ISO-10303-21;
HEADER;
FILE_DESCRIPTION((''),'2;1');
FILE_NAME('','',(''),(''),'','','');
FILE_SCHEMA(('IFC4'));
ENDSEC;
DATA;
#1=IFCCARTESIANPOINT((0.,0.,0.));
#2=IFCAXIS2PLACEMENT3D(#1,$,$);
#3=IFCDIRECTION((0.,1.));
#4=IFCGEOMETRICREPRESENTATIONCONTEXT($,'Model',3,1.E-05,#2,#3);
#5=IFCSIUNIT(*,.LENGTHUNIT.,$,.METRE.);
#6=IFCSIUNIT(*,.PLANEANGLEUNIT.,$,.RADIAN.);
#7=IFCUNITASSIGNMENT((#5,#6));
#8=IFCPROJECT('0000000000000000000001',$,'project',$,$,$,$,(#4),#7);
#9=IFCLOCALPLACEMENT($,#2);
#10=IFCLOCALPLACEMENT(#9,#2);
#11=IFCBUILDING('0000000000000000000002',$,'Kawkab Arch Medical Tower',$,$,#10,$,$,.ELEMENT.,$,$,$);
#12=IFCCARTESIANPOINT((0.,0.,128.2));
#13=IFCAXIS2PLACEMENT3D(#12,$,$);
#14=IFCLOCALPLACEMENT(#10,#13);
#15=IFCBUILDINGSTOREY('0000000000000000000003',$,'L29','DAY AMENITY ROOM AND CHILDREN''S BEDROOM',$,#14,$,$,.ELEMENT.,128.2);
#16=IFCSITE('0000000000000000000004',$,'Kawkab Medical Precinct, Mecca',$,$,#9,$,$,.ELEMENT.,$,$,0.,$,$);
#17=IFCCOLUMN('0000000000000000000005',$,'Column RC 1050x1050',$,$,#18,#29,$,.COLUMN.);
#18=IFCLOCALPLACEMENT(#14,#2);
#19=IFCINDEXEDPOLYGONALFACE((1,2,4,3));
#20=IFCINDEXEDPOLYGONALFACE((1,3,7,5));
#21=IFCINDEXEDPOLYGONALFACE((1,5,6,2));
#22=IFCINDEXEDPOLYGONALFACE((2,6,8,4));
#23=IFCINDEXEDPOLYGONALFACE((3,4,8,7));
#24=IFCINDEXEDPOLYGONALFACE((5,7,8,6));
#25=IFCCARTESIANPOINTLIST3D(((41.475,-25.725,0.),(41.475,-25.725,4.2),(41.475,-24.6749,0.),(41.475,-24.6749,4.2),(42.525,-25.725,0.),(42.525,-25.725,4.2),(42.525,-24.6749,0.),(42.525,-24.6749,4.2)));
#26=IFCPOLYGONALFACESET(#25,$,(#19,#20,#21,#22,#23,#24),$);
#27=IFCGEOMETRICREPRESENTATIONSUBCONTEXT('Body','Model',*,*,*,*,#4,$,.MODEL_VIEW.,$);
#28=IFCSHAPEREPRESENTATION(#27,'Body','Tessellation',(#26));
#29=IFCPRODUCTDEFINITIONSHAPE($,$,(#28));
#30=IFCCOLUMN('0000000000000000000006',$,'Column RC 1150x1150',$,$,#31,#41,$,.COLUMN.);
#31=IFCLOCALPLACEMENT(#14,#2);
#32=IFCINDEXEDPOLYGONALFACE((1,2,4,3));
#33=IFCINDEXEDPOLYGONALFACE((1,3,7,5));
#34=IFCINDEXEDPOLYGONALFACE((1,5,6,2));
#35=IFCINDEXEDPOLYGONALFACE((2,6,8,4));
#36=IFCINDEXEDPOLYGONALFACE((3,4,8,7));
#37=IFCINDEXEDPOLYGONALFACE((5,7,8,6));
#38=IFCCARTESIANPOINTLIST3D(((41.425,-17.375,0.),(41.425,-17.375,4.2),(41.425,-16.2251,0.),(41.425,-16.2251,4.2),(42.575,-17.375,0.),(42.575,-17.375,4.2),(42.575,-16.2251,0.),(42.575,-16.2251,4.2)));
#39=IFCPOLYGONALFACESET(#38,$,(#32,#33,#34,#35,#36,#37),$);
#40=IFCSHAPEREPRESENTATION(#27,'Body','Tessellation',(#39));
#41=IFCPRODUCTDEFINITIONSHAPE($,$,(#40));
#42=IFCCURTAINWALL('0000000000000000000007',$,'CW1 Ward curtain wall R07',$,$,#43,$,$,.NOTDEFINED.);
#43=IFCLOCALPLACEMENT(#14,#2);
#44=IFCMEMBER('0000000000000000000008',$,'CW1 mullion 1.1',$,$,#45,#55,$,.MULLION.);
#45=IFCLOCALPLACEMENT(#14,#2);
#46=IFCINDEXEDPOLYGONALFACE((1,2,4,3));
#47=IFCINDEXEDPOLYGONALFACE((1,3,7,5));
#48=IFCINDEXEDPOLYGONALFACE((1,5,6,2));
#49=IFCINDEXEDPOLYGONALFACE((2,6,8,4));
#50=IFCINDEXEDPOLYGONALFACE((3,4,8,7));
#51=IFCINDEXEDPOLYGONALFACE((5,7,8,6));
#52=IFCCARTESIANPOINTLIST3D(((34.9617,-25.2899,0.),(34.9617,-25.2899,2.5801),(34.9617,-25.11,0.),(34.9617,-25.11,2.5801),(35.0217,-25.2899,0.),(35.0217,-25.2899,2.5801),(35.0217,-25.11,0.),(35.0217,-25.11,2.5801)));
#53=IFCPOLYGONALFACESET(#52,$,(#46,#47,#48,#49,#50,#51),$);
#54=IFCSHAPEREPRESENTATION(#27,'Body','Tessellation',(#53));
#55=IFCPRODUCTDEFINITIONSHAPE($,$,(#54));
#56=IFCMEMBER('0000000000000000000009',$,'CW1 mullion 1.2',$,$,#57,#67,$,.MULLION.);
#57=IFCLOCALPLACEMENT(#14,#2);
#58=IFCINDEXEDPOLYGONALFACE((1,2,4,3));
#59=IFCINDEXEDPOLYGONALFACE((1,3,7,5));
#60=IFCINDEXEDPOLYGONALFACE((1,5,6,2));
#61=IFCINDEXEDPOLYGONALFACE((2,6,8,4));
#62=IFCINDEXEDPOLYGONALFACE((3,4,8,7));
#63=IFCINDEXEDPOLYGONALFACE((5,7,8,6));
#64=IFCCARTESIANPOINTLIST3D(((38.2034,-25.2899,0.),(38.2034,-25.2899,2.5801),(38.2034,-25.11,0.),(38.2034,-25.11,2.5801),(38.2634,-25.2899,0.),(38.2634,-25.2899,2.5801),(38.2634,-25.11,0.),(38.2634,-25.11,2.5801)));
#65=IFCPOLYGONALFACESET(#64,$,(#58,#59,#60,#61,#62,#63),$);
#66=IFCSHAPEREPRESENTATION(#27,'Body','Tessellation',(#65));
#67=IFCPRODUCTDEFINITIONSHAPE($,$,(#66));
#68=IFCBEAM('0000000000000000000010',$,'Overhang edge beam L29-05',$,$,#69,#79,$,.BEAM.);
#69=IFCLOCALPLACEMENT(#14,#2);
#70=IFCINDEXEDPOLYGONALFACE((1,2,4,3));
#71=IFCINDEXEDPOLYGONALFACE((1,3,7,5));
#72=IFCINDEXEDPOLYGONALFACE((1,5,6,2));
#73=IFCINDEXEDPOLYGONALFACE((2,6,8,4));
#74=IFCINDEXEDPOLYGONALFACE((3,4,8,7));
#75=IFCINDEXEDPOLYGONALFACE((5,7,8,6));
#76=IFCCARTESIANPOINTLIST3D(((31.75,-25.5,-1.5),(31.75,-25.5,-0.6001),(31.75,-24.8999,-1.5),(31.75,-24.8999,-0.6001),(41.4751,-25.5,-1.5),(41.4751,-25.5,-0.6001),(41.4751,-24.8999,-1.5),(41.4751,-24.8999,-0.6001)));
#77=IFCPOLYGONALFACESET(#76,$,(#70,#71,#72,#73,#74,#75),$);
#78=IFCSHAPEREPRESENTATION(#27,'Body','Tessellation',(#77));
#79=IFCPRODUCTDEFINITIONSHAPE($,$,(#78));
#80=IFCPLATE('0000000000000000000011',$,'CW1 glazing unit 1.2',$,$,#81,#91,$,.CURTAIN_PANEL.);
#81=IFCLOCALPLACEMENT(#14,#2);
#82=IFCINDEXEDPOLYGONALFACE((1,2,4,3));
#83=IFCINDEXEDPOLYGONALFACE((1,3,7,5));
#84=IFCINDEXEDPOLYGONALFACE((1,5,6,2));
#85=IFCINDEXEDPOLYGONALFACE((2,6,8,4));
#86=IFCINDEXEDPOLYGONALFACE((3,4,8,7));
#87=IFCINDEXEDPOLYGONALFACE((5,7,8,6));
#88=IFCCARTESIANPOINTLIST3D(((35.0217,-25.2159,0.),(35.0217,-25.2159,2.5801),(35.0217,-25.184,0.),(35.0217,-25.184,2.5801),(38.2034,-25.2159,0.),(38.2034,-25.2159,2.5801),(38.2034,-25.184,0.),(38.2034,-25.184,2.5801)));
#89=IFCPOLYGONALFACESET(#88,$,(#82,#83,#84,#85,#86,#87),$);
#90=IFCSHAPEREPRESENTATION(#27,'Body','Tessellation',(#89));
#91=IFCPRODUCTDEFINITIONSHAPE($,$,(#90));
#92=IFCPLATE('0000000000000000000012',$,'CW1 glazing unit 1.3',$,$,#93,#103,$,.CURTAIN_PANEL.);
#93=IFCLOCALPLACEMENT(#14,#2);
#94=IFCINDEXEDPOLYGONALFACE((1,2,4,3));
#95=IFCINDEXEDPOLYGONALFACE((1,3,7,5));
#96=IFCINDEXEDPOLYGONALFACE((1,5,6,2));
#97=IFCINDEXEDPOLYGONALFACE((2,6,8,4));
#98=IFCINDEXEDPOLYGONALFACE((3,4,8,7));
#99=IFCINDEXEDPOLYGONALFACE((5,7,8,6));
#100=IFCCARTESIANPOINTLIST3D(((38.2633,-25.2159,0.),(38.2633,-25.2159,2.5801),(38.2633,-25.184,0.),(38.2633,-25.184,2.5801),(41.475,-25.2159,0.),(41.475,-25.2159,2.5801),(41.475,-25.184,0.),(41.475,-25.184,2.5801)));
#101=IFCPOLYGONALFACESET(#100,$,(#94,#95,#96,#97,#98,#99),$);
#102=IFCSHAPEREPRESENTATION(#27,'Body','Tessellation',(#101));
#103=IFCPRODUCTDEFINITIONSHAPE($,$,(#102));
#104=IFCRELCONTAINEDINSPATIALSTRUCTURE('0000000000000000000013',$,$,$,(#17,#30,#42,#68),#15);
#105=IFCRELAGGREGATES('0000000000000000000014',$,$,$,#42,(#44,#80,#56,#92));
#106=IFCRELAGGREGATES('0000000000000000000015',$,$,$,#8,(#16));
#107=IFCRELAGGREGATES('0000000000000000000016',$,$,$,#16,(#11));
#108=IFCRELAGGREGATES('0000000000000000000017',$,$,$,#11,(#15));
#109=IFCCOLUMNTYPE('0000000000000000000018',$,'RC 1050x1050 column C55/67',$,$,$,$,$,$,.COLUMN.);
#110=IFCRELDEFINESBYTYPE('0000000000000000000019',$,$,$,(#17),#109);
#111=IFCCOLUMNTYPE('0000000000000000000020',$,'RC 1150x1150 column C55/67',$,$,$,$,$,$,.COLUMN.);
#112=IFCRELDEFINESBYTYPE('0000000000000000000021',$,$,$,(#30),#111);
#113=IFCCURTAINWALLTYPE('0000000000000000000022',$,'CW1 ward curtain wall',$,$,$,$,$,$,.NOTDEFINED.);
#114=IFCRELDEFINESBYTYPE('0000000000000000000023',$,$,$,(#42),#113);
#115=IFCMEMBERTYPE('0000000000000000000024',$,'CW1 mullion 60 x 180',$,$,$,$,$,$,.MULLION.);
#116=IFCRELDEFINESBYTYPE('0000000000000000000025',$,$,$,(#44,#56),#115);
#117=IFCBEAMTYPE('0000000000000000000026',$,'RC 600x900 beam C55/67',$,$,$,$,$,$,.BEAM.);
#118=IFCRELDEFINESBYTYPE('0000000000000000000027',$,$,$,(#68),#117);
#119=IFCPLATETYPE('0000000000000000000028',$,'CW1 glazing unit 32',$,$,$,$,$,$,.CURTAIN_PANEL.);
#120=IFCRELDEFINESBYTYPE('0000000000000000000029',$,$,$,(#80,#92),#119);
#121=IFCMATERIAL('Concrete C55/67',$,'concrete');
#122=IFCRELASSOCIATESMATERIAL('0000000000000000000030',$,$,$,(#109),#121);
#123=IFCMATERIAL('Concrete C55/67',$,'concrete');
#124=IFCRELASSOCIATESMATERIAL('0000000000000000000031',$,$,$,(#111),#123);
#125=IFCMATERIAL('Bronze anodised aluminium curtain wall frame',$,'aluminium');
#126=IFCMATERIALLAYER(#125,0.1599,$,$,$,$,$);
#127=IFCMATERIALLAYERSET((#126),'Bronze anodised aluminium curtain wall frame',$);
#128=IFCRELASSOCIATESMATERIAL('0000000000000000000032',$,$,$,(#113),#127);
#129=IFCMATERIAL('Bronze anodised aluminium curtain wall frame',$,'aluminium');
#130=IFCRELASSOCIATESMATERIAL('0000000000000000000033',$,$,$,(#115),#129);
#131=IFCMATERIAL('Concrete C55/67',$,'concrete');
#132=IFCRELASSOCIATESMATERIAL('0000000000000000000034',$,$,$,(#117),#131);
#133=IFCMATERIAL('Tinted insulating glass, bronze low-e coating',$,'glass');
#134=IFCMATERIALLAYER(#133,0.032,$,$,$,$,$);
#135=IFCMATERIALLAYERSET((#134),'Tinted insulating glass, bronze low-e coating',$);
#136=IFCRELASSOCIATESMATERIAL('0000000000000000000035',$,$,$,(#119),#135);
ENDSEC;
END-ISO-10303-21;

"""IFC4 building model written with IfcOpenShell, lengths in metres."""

from ifc_helpers import new_model, si_unit, direction, frame, origin, origin_2d, place, context, subcontext, project, spatial, rectangle, extrude, material, layer, layer_set, material_profile, profile_set, type_object, element, aggregate, save


model = new_model("IFC4")

# Units and contexts
model_context = context("Model", 3, precision=1e-05, world=origin(), true_north=direction((0.0, 1.0)))
body_context = subcontext(model_context, "Body", "Model", "MODEL_VIEW")
ifc_project = project(units=[si_unit("LENGTHUNIT", "METRE"), si_unit("PLANEANGLEUNIT", "RADIAN")], contexts=[model_context])

# Site, building, storey
site_placement = place(None, origin())
site = spatial("IfcSite", under=ifc_project, at=site_placement, Name="Kawkab Medical Precinct, Mecca", CompositionType="ELEMENT", RefElevation=0.0)
building_placement = place(site_placement, origin())
building = spatial("IfcBuilding", under=site, at=building_placement, Name="Kawkab Arch Medical Tower", CompositionType="ELEMENT")
storey_placement = place(building_placement, frame((0.0, 0.0, 128.2)))
storey = spatial("IfcBuildingStorey", under=building, at=storey_placement, Name="L29", Description="DAY AMENITY ROOM AND CHILDREN'S BEDROOM", CompositionType="ELEMENT", Elevation=128.2)

# Columns
ifc_material_1 = material(Name="Concrete C55/67", Category="concrete")
ifc_material_profile_1 = material_profile(ifc_material_1, rectangle(XDim=1.05, YDim=1.05, at=origin_2d()), Name="RC 1050x1050")
ifc_profile_set_1 = profile_set([ifc_material_profile_1], Name="Concrete C55/67")
column_type_1 = type_object("IfcColumnType", Name="RC 1050x1050 column C55/67", PredefinedType="COLUMN", material=ifc_profile_set_1)
column_1_placement = place(storey_placement, frame((42.0, -25.2, 0.0), z_axis=(0.0, 0.0, 1.0), x_axis=(1.0, 0.0, 0.0)))
element("IfcColumn", 1, at=column_1_placement, inside=storey, type_object=column_type_1, Name="Column RC 1050x1050", PredefinedType="COLUMN", context=body_context, shape_type="SweptSolid", body=[
    extrude(rectangle(XDim=1.05, YDim=1.05, at=origin_2d()), origin(), (0.0, 0.0, 1.0), 4.2),
])
ifc_material_2 = material(Name="Concrete C55/67", Category="concrete")
ifc_material_profile_2 = material_profile(ifc_material_2, rectangle(XDim=1.1499, YDim=1.1499, at=origin_2d()), Name="RC 1150x1150")
ifc_profile_set_2 = profile_set([ifc_material_profile_2], Name="Concrete C55/67")
column_type_2 = type_object("IfcColumnType", Name="RC 1150x1150 column C55/67", PredefinedType="COLUMN", material=ifc_profile_set_2)
column_2_placement = place(storey_placement, frame((42.0, -16.8, 0.0), z_axis=(0.0, 0.0, 1.0), x_axis=(1.0, 0.0, 0.0)))
element("IfcColumn", 2, at=column_2_placement, inside=storey, type_object=column_type_2, Name="Column RC 1150x1150", PredefinedType="COLUMN", context=body_context, shape_type="SweptSolid", body=[
    extrude(rectangle(XDim=1.1499, YDim=1.1499, at=origin_2d()), origin(), (0.0, 0.0, 1.0), 4.2),
])

# Curtain wall, members
ifc_material_3 = material(Name="Bronze anodised aluminium curtain wall frame", Category="aluminium")
ifc_layer_1 = layer(ifc_material_3, 0.1599)
ifc_layer_set_1 = layer_set([ifc_layer_1], Name="Bronze anodised aluminium curtain wall frame")
curtain_wall_type = type_object("IfcCurtainWallType", Name="CW1 ward curtain wall", PredefinedType="NOTDEFINED", material=ifc_layer_set_1)
curtain_wall_placement = place(storey_placement, origin())
curtain_wall = element("IfcCurtainWall", 3, at=curtain_wall_placement, inside=storey, type_object=curtain_wall_type, Name="CW1 Ward curtain wall R07", PredefinedType="NOTDEFINED")
ifc_material_4 = material(Name="Bronze anodised aluminium curtain wall frame", Category="aluminium")
ifc_material_profile_3 = material_profile(ifc_material_4, rectangle(XDim=0.1799, YDim=0.0601, at=origin_2d()), Name="AL 60x180")
ifc_profile_set_3 = profile_set([ifc_material_profile_3], Name="Bronze anodised aluminium curtain wall frame")
member_type = type_object("IfcMemberType", Name="CW1 mullion 60 x 180", PredefinedType="MULLION", material=ifc_profile_set_3)
member_1_placement = place(storey_placement, frame((34.9917, -25.2, 0.0), z_axis=(0.0, 0.0, 1.0), x_axis=(0.0, 1.0, 0.0)))
member_1 = element("IfcMember", 4, at=member_1_placement, type_object=member_type, Name="CW1 mullion 1.1", PredefinedType="MULLION", context=body_context, shape_type="SweptSolid", body=[
    extrude(rectangle(XDim=0.1799, YDim=0.0601, at=origin_2d()), origin(), (0.0, 0.0, 1.0), 2.5801),
])
member_2_placement = place(storey_placement, frame((38.2334, -25.2, 0.0), z_axis=(0.0, 0.0, 1.0), x_axis=(0.0, 1.0, 0.0)))
member_2 = element("IfcMember", 5, at=member_2_placement, type_object=member_type, Name="CW1 mullion 1.2", PredefinedType="MULLION", context=body_context, shape_type="SweptSolid", body=[
    extrude(rectangle(XDim=0.1799, YDim=0.0601, at=origin_2d()), origin(), (0.0, 0.0, 1.0), 2.5801),
])

# Beam
ifc_material_5 = material(Name="Concrete C55/67", Category="concrete")
ifc_material_profile_4 = material_profile(ifc_material_5, rectangle(XDim=0.6001, YDim=0.8999, at=origin_2d()), Name="RC 600x900")
ifc_profile_set_4 = profile_set([ifc_material_profile_4], Name="Concrete C55/67")
beam_type = type_object("IfcBeamType", Name="RC 600x900 beam C55/67", PredefinedType="BEAM", material=ifc_profile_set_4)
beam_placement = place(storey_placement, frame((41.4751, -25.2, -1.05), z_axis=(-1.0, 0.0, 0.0), x_axis=(0.0, -1.0, 0.0)))
element("IfcBeam", 6, at=beam_placement, inside=storey, type_object=beam_type, Name="Overhang edge beam L29-05", PredefinedType="BEAM", context=body_context, shape_type="SweptSolid", body=[
    extrude(rectangle(XDim=0.6001, YDim=0.8999, at=origin_2d()), origin(), (0.0, 0.0, 1.0), 9.7251),
])

# Plates
ifc_material_6 = material(Name="Tinted insulating glass, bronze low-e coating", Category="glass")
ifc_layer_2 = layer(ifc_material_6, 0.032)
ifc_layer_set_2 = layer_set([ifc_layer_2], Name="Tinted insulating glass, bronze low-e coating")
plate_type = type_object("IfcPlateType", Name="CW1 glazing unit 32", PredefinedType="CURTAIN_PANEL", material=ifc_layer_set_2)
plate_1_placement = place(storey_placement, frame((36.6125, -25.2, 0.0), z_axis=(0.0, 0.0, 1.0), x_axis=(1.0, 0.0, 0.0)))
plate_1 = element("IfcPlate", 7, at=plate_1_placement, type_object=plate_type, Name="CW1 glazing unit 1.2", PredefinedType="CURTAIN_PANEL", context=body_context, shape_type="SweptSolid", body=[
    extrude(rectangle(XDim=3.1816, YDim=0.032, at=origin_2d()), origin(), (0.0, 0.0, 1.0), 2.5801),
])
plate_2_placement = place(storey_placement, frame((39.8691, -25.2, 0.0), z_axis=(0.0, 0.0, 1.0), x_axis=(1.0, 0.0, 0.0)))
plate_2 = element("IfcPlate", 8, at=plate_2_placement, type_object=plate_type, Name="CW1 glazing unit 1.3", PredefinedType="CURTAIN_PANEL", context=body_context, shape_type="SweptSolid", body=[
    extrude(rectangle(XDim=3.2117, YDim=0.032, at=origin_2d()), origin(), (0.0, 0.0, 1.0), 2.5801),
])
aggregate(curtain_wall, [member_1, plate_1, member_2, plate_2])

save(model, "model.ifc")
